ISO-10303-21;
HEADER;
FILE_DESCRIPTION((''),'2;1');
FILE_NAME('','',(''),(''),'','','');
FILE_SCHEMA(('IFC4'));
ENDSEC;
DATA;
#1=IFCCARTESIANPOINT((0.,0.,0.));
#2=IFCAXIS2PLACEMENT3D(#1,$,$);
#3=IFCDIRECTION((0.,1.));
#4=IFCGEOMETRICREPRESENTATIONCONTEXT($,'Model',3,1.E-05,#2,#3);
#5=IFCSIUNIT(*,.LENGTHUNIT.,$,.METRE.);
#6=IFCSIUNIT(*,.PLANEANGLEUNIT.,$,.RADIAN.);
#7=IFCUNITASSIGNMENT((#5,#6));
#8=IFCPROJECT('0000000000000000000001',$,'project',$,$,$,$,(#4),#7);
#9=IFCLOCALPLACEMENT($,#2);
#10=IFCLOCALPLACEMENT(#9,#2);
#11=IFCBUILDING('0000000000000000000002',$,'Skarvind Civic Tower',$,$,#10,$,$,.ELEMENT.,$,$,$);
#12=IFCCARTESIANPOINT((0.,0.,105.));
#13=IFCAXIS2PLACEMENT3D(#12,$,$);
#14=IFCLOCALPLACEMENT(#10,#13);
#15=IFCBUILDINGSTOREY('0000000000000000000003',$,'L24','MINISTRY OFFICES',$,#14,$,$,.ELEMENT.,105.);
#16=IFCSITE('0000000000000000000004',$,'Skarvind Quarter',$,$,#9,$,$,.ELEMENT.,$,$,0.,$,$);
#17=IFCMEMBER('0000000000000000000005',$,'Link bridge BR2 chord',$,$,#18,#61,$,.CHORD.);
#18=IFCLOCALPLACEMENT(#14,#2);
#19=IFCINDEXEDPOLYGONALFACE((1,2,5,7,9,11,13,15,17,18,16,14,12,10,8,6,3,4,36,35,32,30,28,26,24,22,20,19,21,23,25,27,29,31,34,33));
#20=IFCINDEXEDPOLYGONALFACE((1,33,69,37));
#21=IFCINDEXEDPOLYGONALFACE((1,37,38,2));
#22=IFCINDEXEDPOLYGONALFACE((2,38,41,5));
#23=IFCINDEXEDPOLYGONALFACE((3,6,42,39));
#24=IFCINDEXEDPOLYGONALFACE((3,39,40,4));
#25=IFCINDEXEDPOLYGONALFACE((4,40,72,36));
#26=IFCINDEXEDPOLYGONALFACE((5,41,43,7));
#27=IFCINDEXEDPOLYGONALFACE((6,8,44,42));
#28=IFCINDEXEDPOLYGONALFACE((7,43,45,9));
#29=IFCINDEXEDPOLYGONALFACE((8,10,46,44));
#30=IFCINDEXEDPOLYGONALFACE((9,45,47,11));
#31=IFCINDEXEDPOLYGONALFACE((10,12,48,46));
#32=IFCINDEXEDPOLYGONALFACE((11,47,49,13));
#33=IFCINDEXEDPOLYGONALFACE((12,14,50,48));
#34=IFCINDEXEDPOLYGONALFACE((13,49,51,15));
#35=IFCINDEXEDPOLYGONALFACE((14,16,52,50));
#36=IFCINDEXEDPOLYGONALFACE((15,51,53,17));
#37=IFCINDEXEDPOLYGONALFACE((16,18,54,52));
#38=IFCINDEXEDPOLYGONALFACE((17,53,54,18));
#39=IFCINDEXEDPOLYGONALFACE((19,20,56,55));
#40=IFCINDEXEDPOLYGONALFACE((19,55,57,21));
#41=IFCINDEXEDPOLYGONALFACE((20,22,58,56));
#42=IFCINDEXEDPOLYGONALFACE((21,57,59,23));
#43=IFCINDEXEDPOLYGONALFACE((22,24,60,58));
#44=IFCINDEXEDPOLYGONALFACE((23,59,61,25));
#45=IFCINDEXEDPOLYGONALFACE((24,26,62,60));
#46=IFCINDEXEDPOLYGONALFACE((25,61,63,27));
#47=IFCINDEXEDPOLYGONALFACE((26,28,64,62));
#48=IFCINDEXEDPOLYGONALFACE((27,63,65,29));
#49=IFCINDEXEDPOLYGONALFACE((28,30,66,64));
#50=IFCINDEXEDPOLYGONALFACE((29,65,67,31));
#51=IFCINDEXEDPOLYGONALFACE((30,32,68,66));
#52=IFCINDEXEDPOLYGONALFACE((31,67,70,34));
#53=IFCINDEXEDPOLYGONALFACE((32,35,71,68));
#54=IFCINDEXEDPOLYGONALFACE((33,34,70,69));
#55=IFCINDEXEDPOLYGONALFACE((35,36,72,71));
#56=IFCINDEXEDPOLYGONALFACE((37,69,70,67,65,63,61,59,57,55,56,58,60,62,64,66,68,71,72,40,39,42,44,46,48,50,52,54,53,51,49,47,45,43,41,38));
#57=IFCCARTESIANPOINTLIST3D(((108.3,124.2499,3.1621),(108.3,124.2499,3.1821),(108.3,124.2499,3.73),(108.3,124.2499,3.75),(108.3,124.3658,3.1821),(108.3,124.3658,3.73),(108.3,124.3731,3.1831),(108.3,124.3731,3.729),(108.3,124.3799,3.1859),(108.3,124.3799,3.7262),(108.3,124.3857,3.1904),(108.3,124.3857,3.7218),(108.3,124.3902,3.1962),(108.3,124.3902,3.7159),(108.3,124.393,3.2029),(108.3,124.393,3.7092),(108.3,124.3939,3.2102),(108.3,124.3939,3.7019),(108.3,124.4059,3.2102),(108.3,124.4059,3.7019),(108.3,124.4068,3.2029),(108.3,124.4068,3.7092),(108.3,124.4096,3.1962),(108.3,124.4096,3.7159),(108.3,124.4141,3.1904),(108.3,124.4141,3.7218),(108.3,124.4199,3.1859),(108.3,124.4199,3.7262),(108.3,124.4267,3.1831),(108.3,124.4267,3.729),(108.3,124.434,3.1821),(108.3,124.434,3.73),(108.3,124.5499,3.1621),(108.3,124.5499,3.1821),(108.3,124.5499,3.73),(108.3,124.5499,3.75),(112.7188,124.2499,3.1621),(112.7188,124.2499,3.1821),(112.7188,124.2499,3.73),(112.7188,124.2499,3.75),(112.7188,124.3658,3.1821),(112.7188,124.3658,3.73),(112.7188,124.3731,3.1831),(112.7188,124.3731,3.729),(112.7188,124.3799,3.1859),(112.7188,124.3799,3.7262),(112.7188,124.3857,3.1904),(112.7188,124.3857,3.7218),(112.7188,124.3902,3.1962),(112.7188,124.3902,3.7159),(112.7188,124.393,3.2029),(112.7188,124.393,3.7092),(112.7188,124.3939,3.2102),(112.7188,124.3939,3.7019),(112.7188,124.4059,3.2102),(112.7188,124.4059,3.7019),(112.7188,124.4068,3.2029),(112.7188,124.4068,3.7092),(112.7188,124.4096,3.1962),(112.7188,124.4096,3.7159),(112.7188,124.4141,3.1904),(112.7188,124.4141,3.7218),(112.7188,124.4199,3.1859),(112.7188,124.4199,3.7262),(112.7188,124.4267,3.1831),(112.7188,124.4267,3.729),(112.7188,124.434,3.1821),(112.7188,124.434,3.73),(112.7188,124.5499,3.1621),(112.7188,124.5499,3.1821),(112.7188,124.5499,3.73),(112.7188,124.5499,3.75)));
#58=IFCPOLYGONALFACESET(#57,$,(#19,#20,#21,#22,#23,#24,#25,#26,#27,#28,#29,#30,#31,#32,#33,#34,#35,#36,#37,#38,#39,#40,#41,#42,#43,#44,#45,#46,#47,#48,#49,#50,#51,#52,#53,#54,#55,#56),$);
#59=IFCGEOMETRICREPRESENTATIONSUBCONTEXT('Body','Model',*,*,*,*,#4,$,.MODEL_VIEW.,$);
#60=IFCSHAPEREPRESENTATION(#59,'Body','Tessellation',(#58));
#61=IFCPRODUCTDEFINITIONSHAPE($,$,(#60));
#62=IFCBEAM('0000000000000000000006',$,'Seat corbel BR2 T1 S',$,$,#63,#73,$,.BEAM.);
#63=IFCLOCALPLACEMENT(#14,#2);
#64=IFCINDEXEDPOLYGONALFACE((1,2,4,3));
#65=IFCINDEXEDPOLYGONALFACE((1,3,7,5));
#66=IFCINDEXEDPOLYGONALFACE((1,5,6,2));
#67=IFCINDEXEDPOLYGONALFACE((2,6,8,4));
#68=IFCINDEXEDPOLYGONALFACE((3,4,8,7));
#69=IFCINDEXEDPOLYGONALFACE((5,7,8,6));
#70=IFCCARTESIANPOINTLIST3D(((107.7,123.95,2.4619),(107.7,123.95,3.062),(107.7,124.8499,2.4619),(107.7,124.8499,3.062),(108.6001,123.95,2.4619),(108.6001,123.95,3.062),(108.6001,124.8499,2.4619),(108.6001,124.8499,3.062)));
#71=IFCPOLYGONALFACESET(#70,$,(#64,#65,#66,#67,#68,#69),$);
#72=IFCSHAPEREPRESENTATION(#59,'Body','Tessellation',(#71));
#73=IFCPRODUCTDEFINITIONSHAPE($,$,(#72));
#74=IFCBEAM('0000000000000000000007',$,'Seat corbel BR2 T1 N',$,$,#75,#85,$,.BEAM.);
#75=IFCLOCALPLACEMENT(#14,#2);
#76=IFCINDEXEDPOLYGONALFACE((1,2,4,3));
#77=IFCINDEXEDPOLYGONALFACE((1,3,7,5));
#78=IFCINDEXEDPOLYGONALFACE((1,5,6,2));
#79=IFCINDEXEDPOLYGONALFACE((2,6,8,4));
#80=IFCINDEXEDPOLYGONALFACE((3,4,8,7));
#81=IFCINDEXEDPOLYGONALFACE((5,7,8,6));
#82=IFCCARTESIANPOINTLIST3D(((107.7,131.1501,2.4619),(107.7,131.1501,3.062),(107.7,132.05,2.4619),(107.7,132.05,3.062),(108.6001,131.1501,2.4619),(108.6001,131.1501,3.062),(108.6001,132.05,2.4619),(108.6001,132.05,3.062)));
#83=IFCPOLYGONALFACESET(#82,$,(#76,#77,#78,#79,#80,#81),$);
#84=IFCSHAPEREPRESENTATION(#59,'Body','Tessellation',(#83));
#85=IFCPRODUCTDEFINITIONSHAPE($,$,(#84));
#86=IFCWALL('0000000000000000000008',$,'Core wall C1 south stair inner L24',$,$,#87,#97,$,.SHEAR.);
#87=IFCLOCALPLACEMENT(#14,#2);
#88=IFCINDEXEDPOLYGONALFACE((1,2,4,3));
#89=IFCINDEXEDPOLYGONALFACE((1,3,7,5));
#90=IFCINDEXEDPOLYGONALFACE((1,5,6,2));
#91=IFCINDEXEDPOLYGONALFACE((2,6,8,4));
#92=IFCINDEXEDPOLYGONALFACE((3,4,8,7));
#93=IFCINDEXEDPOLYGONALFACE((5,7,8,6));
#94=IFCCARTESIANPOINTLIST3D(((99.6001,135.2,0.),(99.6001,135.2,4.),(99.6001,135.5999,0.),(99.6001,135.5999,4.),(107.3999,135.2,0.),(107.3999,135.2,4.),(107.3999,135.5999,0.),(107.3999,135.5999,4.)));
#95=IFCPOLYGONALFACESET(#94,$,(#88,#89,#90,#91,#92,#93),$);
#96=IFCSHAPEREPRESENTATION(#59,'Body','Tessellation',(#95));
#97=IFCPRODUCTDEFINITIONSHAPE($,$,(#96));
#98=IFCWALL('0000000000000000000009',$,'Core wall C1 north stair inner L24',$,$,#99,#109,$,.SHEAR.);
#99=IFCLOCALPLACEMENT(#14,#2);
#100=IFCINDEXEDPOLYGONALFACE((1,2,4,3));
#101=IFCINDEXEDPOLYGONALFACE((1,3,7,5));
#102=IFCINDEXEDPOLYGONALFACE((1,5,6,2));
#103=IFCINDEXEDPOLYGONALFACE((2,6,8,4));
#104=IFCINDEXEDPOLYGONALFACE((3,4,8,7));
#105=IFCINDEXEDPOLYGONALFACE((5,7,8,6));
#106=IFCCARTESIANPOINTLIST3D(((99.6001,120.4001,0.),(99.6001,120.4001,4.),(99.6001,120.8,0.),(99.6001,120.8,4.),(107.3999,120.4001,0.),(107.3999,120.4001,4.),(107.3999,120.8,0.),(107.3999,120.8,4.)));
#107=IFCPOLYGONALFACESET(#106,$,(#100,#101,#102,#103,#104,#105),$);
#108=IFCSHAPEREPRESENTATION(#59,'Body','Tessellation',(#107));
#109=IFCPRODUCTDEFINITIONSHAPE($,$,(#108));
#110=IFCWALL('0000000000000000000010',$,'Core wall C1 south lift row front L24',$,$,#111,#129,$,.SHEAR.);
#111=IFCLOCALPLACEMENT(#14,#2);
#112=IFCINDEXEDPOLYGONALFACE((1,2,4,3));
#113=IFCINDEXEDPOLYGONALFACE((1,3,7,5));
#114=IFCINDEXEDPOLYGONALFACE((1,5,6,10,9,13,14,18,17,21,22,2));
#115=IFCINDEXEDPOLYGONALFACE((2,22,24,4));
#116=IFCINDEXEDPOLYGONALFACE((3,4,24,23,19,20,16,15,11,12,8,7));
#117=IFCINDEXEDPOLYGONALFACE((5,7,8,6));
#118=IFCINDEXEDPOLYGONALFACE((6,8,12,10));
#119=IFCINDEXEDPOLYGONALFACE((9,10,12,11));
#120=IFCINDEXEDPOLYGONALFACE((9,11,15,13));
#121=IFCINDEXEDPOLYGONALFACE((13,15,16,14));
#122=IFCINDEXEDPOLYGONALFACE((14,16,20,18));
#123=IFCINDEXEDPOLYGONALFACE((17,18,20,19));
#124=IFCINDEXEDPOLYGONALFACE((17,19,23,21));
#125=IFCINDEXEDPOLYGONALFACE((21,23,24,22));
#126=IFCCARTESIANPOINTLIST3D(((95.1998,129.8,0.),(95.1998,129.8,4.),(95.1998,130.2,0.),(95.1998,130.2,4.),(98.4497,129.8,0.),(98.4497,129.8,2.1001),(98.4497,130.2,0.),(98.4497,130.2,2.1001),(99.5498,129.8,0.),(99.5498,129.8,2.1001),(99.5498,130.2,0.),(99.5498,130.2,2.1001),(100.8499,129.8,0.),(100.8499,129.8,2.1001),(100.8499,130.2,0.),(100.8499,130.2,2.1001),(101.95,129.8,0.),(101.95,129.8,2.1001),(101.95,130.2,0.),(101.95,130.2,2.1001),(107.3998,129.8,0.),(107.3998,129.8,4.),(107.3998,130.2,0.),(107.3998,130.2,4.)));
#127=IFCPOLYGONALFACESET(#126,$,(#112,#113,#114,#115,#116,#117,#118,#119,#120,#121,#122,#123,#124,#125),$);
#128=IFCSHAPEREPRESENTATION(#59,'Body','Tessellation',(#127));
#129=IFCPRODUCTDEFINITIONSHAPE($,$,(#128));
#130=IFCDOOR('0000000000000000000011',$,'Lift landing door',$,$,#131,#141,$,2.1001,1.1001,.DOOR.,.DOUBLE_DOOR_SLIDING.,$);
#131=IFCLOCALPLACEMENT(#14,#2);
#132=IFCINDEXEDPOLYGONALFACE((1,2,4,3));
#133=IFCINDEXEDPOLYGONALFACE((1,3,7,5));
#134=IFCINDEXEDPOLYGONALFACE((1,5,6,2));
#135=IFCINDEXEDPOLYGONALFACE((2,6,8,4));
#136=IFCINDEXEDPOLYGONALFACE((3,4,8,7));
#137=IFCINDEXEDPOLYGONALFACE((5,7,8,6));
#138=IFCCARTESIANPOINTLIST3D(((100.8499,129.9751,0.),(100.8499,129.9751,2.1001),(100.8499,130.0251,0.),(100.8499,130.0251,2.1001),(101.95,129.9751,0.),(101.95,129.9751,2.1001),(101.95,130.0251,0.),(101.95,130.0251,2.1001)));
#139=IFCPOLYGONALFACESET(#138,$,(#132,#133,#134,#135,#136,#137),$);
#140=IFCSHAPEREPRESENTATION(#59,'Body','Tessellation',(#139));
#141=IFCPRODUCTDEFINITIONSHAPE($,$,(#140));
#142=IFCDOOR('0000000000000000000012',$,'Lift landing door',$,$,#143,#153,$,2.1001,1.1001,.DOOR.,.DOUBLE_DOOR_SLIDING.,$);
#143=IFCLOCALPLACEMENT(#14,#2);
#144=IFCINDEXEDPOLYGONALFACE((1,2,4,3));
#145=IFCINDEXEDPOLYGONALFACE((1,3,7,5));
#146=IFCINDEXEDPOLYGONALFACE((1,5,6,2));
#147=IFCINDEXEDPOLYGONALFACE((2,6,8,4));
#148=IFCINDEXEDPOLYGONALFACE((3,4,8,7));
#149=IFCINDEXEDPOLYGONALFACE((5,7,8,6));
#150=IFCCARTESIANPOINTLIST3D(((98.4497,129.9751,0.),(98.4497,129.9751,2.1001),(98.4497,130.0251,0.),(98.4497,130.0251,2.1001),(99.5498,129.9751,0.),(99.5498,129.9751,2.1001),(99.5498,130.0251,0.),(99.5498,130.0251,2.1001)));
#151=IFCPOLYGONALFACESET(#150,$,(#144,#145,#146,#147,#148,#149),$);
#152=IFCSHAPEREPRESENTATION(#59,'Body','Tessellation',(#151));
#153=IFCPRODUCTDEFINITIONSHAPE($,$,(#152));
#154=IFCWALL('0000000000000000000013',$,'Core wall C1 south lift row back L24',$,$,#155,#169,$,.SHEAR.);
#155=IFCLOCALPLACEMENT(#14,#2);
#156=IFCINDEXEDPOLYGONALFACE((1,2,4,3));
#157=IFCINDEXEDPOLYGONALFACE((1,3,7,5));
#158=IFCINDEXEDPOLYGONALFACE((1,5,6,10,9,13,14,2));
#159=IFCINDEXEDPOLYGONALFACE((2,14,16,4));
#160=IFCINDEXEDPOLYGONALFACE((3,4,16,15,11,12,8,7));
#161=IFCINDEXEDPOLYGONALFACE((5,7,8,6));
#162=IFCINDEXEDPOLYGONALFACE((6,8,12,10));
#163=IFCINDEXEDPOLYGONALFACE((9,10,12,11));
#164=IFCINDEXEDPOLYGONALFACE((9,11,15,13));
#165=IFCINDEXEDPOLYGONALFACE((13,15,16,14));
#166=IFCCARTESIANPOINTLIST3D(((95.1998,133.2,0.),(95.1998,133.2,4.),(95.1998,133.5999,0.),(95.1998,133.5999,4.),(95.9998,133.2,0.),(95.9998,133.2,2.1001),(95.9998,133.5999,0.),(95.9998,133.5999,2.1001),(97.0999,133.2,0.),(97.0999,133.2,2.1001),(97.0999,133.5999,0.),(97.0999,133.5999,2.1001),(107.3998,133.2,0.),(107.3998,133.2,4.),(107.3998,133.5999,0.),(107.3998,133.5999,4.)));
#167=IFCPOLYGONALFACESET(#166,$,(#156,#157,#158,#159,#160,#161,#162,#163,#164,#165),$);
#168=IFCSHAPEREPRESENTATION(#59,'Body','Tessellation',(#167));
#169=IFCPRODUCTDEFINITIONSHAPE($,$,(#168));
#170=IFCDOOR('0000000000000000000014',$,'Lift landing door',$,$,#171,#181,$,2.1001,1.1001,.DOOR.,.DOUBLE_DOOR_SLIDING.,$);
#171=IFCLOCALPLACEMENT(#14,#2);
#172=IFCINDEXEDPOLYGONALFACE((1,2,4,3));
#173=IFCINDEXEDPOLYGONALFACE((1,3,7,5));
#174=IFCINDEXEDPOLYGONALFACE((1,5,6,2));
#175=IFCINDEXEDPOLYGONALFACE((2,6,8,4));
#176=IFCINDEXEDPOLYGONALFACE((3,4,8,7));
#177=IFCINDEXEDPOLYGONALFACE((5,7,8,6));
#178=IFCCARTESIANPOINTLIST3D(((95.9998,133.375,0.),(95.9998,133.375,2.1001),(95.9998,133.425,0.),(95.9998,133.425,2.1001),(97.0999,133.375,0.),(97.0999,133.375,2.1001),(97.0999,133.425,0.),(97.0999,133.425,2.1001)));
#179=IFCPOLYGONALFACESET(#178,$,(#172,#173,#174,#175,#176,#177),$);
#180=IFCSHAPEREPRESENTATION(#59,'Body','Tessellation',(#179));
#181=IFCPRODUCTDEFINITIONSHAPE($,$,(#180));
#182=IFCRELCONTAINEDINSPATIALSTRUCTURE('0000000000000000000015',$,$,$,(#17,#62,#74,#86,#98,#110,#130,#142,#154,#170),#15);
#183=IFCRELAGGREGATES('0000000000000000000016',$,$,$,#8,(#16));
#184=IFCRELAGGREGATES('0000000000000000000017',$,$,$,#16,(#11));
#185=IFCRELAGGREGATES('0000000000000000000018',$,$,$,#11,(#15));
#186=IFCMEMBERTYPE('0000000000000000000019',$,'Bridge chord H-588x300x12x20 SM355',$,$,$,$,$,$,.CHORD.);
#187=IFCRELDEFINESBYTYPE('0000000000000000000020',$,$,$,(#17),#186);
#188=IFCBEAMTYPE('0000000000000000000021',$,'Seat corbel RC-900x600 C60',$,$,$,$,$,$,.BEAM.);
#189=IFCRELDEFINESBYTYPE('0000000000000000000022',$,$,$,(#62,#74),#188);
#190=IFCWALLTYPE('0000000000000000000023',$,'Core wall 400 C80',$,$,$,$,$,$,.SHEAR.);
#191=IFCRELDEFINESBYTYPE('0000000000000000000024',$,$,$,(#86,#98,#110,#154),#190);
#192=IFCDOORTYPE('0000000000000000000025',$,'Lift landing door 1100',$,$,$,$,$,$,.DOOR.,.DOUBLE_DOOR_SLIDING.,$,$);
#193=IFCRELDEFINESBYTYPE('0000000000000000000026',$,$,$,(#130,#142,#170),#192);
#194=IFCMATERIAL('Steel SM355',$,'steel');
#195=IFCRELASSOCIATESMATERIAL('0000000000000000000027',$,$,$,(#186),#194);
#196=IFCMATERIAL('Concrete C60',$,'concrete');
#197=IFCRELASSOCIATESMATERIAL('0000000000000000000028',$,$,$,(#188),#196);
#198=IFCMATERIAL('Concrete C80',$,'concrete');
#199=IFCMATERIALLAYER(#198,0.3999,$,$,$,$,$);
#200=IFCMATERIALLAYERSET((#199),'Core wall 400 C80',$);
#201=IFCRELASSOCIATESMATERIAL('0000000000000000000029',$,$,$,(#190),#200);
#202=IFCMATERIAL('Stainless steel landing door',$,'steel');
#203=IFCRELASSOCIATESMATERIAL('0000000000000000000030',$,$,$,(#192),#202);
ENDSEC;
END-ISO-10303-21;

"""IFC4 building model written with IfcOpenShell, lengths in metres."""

from ifc_helpers import new_model, si_unit, direction, frame, frame_2d, origin, origin_2d, place, context, subcontext, project, spatial, rectangle, i_section, extrude, material, layer, layer_set, material_profile, profile_set, type_object, element, fill, save


model = new_model("IFC4")

# Units and contexts
model_context = context("Model", 3, precision=1e-05, world=origin(), true_north=direction((0.0, 1.0)))
body_context = subcontext(model_context, "Body", "Model", "MODEL_VIEW")
ifc_project = project(units=[si_unit("LENGTHUNIT", "METRE"), si_unit("PLANEANGLEUNIT", "RADIAN")], contexts=[model_context])

# Site, building, storey
site_placement = place(None, origin())
site = spatial("IfcSite", under=ifc_project, at=site_placement, Name="Skarvind Quarter", CompositionType="ELEMENT", RefElevation=0.0)
building_placement = place(site_placement, origin())
building = spatial("IfcBuilding", under=site, at=building_placement, Name="Skarvind Civic Tower", CompositionType="ELEMENT")
storey_placement = place(building_placement, frame((0.0, 0.0, 105.0)))
storey = spatial("IfcBuildingStorey", under=building, at=storey_placement, Name="L24", Description="MINISTRY OFFICES", CompositionType="ELEMENT", Elevation=105.0)

# Member
ifc_material_1 = material(Name="Steel SM355", Category="steel")
ifc_material_profile_1 = material_profile(ifc_material_1, i_section(OverallWidth=0.3, OverallDepth=0.5879, WebThickness=0.012, FlangeThickness=0.02, FilletRadius=0.0281, at=origin_2d()), Name="H-588x300x12x20")
ifc_profile_set_1 = profile_set([ifc_material_profile_1], Name="Steel SM355")
member_type = type_object("IfcMemberType", Name="Bridge chord H-588x300x12x20 SM355", PredefinedType="CHORD", material=ifc_profile_set_1)
member_placement = place(storey_placement, frame((108.3, 124.3999, 3.4561), z_axis=(1.0, 0.0, 0.0), x_axis=(0.0, 1.0, 0.0)))
element("IfcMember", 1, at=member_placement, inside=storey, type_object=member_type, Name="Link bridge BR2 chord", PredefinedType="CHORD", context=body_context, shape_type="SweptSolid", body=[
    extrude(i_section(OverallWidth=0.3, OverallDepth=0.5879, WebThickness=0.012, FlangeThickness=0.02, FilletRadius=0.0281, at=origin_2d()), origin(), (0.0, 0.0, 1.0), 4.4187),
])

# Beams
ifc_material_2 = material(Name="Concrete C60", Category="concrete")
ifc_material_profile_2 = material_profile(ifc_material_2, rectangle(XDim=0.8999, YDim=0.6001, at=origin_2d()), Name="RC-900x600")
ifc_profile_set_2 = profile_set([ifc_material_profile_2], Name="Concrete C60")
beam_type = type_object("IfcBeamType", Name="Seat corbel RC-900x600 C60", PredefinedType="BEAM", material=ifc_profile_set_2)
for number, where, z_axis, x_axis, name in (
    (2, (107.7, 124.3999, 2.762), (1.0, 0.0, 0.0), (0.0, 1.0, 0.0), "Seat corbel BR2 T1 S"),
    (3, (107.7, 131.6001, 2.762), (1.0, 0.0, 0.0), (0.0, 1.0, 0.0), "Seat corbel BR2 T1 N"),
):
    element("IfcBeam", number, at=place(storey_placement, frame(where, z_axis=z_axis, x_axis=x_axis)), inside=storey, type_object=beam_type, Name=name, PredefinedType="BEAM", context=body_context, shape_type="SweptSolid", body=[
        extrude(rectangle(XDim=0.8999, YDim=0.6001, at=origin_2d()), origin(), (0.0, 0.0, 1.0), 0.9001),
    ])

# Walls
ifc_material_3 = material(Name="Concrete C80", Category="concrete")
ifc_layer_1 = layer(ifc_material_3, 0.3999)
ifc_layer_set_1 = layer_set([ifc_layer_1], Name="Core wall 400 C80")
wall_type_1 = type_object("IfcWallType", Name="Core wall 400 C80", PredefinedType="SHEAR", material=ifc_layer_set_1)
for number, where, z_axis, x_axis, name in (
    (4, (107.3999, 135.3999, 0.0), (0.0, 0.0, 1.0), (-1.0, 0.0, 0.0), "Core wall C1 south stair inner L24"),
    (5, (107.3999, 120.6001, 0.0), (0.0, 0.0, 1.0), (-1.0, 0.0, 0.0), "Core wall C1 north stair inner L24"),
):
    element("IfcWall", number, at=place(storey_placement, frame(where, z_axis=z_axis, x_axis=x_axis)), inside=storey, type_object=wall_type_1, Name=name, PredefinedType="SHEAR", context=body_context, shape_type="SweptSolid", body=[
        extrude(rectangle(XDim=7.7998, YDim=0.3999, at=frame_2d((3.8999, 0.0))), origin(), (0.0, 0.0, 1.0), 4.0),
    ])

# Wall, openings, doors
wall_1_placement = place(storey_placement, frame((107.3999, 130.0, 0.0), z_axis=(0.0, 0.0, 1.0), x_axis=(-1.0, 0.0, 0.0)))
wall_1 = element("IfcWall", 6, at=wall_1_placement, inside=storey, type_object=wall_type_1, Name="Core wall C1 south lift row front L24", PredefinedType="SHEAR", context=body_context, shape_type="SweptSolid", body=[
    extrude(rectangle(XDim=12.2, YDim=0.3999, at=frame_2d((6.1001, 0.0))), origin(), (0.0, 0.0, 1.0), 4.0),
])
opening_1_placement = place(wall_1_placement, frame((5.45, 0.0, 0.0)))
opening_1 = element("IfcOpeningElement", 7, at=opening_1_placement, cuts=wall_1, PredefinedType="OPENING", context=body_context, shape_type="SweptSolid", body=[
    extrude(rectangle(XDim=1.1001, YDim=2.1001, at=frame_2d((0.55, 1.05))), frame((0.0, 0.21, 0.0), z_axis=(0.0, -1.0, 0.0), x_axis=(1.0, 0.0, 0.0)), (0.0, 0.0, 1.0), 0.4199),
])
opening_2_placement = place(wall_1_placement, frame((7.8501, 0.0, 0.0)))
opening_2 = element("IfcOpeningElement", 8, at=opening_2_placement, cuts=wall_1, PredefinedType="OPENING", context=body_context, shape_type="SweptSolid", body=[
    extrude(rectangle(XDim=1.1001, YDim=2.1001, at=frame_2d((0.55, 1.05))), frame((0.0, 0.21, 0.0), z_axis=(0.0, -1.0, 0.0), x_axis=(1.0, 0.0, 0.0)), (0.0, 0.0, 1.0), 0.4199),
])
ifc_material_4 = material(Name="Stainless steel landing door", Category="steel")
door_type_1 = type_object("IfcDoorType", Name="Lift landing door 1100", OperationType="DOUBLE_DOOR_SLIDING", PredefinedType="DOOR", material=ifc_material_4)
door_1_placement = place(opening_1_placement, origin())
door_1 = element("IfcDoor", 9, at=door_1_placement, inside=storey, type_object=door_type_1, Name="Lift landing door", OperationType="DOUBLE_DOOR_SLIDING", OverallHeight=2.1001, OverallWidth=1.1001, PredefinedType="DOOR", context=body_context, shape_type="SweptSolid", body=[
    extrude(rectangle(XDim=1.1001, YDim=2.1001, at=frame_2d((0.55, 1.05))), frame((0.0, 0.0249, 0.0), z_axis=(0.0, -1.0, 0.0), x_axis=(1.0, 0.0, 0.0)), (0.0, 0.0, 1.0), 0.05),
])
fill(opening_1, door_1)
door_2_placement = place(opening_2_placement, origin())
door_2 = element("IfcDoor", 10, at=door_2_placement, inside=storey, type_object=door_type_1, Name="Lift landing door", OperationType="DOUBLE_DOOR_SLIDING", OverallHeight=2.1001, OverallWidth=1.1001, PredefinedType="DOOR", context=body_context, shape_type="SweptSolid", body=[
    extrude(rectangle(XDim=1.1001, YDim=2.1001, at=frame_2d((0.55, 1.05))), frame((0.0, 0.0249, 0.0), z_axis=(0.0, -1.0, 0.0), x_axis=(1.0, 0.0, 0.0)), (0.0, 0.0, 1.0), 0.05),
])
fill(opening_2, door_2)

# Wall, opening, door
wall_2_placement = place(storey_placement, frame((107.3999, 133.3999, 0.0), z_axis=(0.0, 0.0, 1.0), x_axis=(-1.0, 0.0, 0.0)))
wall_2 = element("IfcWall", 11, at=wall_2_placement, inside=storey, type_object=wall_type_1, Name="Core wall C1 south lift row back L24", PredefinedType="SHEAR", context=body_context, shape_type="SweptSolid", body=[
    extrude(rectangle(XDim=12.2, YDim=0.3999, at=frame_2d((6.1001, 0.0))), origin(), (0.0, 0.0, 1.0), 4.0),
])
opening_3_placement = place(wall_2_placement, frame((10.3, 0.0, 0.0)))
opening_3 = element("IfcOpeningElement", 12, at=opening_3_placement, cuts=wall_2, PredefinedType="OPENING", context=body_context, shape_type="SweptSolid", body=[
    extrude(rectangle(XDim=1.1001, YDim=2.1001, at=frame_2d((0.55, 1.05))), frame((0.0, 0.21, 0.0), z_axis=(0.0, -1.0, 0.0), x_axis=(1.0, 0.0, 0.0)), (0.0, 0.0, 1.0), 0.4199),
])
door_3_placement = place(opening_3_placement, origin())
door_3 = element("IfcDoor", 13, at=door_3_placement, inside=storey, type_object=door_type_1, Name="Lift landing door", OperationType="DOUBLE_DOOR_SLIDING", OverallHeight=2.1001, OverallWidth=1.1001, PredefinedType="DOOR", context=body_context, shape_type="SweptSolid", body=[
    extrude(rectangle(XDim=1.1001, YDim=2.1001, at=frame_2d((0.55, 1.05))), frame((0.0, 0.0249, 0.0), z_axis=(0.0, -1.0, 0.0), x_axis=(1.0, 0.0, 0.0)), (0.0, 0.0, 1.0), 0.05),
])
fill(opening_3, door_3)

save(model, "model.ifc")
